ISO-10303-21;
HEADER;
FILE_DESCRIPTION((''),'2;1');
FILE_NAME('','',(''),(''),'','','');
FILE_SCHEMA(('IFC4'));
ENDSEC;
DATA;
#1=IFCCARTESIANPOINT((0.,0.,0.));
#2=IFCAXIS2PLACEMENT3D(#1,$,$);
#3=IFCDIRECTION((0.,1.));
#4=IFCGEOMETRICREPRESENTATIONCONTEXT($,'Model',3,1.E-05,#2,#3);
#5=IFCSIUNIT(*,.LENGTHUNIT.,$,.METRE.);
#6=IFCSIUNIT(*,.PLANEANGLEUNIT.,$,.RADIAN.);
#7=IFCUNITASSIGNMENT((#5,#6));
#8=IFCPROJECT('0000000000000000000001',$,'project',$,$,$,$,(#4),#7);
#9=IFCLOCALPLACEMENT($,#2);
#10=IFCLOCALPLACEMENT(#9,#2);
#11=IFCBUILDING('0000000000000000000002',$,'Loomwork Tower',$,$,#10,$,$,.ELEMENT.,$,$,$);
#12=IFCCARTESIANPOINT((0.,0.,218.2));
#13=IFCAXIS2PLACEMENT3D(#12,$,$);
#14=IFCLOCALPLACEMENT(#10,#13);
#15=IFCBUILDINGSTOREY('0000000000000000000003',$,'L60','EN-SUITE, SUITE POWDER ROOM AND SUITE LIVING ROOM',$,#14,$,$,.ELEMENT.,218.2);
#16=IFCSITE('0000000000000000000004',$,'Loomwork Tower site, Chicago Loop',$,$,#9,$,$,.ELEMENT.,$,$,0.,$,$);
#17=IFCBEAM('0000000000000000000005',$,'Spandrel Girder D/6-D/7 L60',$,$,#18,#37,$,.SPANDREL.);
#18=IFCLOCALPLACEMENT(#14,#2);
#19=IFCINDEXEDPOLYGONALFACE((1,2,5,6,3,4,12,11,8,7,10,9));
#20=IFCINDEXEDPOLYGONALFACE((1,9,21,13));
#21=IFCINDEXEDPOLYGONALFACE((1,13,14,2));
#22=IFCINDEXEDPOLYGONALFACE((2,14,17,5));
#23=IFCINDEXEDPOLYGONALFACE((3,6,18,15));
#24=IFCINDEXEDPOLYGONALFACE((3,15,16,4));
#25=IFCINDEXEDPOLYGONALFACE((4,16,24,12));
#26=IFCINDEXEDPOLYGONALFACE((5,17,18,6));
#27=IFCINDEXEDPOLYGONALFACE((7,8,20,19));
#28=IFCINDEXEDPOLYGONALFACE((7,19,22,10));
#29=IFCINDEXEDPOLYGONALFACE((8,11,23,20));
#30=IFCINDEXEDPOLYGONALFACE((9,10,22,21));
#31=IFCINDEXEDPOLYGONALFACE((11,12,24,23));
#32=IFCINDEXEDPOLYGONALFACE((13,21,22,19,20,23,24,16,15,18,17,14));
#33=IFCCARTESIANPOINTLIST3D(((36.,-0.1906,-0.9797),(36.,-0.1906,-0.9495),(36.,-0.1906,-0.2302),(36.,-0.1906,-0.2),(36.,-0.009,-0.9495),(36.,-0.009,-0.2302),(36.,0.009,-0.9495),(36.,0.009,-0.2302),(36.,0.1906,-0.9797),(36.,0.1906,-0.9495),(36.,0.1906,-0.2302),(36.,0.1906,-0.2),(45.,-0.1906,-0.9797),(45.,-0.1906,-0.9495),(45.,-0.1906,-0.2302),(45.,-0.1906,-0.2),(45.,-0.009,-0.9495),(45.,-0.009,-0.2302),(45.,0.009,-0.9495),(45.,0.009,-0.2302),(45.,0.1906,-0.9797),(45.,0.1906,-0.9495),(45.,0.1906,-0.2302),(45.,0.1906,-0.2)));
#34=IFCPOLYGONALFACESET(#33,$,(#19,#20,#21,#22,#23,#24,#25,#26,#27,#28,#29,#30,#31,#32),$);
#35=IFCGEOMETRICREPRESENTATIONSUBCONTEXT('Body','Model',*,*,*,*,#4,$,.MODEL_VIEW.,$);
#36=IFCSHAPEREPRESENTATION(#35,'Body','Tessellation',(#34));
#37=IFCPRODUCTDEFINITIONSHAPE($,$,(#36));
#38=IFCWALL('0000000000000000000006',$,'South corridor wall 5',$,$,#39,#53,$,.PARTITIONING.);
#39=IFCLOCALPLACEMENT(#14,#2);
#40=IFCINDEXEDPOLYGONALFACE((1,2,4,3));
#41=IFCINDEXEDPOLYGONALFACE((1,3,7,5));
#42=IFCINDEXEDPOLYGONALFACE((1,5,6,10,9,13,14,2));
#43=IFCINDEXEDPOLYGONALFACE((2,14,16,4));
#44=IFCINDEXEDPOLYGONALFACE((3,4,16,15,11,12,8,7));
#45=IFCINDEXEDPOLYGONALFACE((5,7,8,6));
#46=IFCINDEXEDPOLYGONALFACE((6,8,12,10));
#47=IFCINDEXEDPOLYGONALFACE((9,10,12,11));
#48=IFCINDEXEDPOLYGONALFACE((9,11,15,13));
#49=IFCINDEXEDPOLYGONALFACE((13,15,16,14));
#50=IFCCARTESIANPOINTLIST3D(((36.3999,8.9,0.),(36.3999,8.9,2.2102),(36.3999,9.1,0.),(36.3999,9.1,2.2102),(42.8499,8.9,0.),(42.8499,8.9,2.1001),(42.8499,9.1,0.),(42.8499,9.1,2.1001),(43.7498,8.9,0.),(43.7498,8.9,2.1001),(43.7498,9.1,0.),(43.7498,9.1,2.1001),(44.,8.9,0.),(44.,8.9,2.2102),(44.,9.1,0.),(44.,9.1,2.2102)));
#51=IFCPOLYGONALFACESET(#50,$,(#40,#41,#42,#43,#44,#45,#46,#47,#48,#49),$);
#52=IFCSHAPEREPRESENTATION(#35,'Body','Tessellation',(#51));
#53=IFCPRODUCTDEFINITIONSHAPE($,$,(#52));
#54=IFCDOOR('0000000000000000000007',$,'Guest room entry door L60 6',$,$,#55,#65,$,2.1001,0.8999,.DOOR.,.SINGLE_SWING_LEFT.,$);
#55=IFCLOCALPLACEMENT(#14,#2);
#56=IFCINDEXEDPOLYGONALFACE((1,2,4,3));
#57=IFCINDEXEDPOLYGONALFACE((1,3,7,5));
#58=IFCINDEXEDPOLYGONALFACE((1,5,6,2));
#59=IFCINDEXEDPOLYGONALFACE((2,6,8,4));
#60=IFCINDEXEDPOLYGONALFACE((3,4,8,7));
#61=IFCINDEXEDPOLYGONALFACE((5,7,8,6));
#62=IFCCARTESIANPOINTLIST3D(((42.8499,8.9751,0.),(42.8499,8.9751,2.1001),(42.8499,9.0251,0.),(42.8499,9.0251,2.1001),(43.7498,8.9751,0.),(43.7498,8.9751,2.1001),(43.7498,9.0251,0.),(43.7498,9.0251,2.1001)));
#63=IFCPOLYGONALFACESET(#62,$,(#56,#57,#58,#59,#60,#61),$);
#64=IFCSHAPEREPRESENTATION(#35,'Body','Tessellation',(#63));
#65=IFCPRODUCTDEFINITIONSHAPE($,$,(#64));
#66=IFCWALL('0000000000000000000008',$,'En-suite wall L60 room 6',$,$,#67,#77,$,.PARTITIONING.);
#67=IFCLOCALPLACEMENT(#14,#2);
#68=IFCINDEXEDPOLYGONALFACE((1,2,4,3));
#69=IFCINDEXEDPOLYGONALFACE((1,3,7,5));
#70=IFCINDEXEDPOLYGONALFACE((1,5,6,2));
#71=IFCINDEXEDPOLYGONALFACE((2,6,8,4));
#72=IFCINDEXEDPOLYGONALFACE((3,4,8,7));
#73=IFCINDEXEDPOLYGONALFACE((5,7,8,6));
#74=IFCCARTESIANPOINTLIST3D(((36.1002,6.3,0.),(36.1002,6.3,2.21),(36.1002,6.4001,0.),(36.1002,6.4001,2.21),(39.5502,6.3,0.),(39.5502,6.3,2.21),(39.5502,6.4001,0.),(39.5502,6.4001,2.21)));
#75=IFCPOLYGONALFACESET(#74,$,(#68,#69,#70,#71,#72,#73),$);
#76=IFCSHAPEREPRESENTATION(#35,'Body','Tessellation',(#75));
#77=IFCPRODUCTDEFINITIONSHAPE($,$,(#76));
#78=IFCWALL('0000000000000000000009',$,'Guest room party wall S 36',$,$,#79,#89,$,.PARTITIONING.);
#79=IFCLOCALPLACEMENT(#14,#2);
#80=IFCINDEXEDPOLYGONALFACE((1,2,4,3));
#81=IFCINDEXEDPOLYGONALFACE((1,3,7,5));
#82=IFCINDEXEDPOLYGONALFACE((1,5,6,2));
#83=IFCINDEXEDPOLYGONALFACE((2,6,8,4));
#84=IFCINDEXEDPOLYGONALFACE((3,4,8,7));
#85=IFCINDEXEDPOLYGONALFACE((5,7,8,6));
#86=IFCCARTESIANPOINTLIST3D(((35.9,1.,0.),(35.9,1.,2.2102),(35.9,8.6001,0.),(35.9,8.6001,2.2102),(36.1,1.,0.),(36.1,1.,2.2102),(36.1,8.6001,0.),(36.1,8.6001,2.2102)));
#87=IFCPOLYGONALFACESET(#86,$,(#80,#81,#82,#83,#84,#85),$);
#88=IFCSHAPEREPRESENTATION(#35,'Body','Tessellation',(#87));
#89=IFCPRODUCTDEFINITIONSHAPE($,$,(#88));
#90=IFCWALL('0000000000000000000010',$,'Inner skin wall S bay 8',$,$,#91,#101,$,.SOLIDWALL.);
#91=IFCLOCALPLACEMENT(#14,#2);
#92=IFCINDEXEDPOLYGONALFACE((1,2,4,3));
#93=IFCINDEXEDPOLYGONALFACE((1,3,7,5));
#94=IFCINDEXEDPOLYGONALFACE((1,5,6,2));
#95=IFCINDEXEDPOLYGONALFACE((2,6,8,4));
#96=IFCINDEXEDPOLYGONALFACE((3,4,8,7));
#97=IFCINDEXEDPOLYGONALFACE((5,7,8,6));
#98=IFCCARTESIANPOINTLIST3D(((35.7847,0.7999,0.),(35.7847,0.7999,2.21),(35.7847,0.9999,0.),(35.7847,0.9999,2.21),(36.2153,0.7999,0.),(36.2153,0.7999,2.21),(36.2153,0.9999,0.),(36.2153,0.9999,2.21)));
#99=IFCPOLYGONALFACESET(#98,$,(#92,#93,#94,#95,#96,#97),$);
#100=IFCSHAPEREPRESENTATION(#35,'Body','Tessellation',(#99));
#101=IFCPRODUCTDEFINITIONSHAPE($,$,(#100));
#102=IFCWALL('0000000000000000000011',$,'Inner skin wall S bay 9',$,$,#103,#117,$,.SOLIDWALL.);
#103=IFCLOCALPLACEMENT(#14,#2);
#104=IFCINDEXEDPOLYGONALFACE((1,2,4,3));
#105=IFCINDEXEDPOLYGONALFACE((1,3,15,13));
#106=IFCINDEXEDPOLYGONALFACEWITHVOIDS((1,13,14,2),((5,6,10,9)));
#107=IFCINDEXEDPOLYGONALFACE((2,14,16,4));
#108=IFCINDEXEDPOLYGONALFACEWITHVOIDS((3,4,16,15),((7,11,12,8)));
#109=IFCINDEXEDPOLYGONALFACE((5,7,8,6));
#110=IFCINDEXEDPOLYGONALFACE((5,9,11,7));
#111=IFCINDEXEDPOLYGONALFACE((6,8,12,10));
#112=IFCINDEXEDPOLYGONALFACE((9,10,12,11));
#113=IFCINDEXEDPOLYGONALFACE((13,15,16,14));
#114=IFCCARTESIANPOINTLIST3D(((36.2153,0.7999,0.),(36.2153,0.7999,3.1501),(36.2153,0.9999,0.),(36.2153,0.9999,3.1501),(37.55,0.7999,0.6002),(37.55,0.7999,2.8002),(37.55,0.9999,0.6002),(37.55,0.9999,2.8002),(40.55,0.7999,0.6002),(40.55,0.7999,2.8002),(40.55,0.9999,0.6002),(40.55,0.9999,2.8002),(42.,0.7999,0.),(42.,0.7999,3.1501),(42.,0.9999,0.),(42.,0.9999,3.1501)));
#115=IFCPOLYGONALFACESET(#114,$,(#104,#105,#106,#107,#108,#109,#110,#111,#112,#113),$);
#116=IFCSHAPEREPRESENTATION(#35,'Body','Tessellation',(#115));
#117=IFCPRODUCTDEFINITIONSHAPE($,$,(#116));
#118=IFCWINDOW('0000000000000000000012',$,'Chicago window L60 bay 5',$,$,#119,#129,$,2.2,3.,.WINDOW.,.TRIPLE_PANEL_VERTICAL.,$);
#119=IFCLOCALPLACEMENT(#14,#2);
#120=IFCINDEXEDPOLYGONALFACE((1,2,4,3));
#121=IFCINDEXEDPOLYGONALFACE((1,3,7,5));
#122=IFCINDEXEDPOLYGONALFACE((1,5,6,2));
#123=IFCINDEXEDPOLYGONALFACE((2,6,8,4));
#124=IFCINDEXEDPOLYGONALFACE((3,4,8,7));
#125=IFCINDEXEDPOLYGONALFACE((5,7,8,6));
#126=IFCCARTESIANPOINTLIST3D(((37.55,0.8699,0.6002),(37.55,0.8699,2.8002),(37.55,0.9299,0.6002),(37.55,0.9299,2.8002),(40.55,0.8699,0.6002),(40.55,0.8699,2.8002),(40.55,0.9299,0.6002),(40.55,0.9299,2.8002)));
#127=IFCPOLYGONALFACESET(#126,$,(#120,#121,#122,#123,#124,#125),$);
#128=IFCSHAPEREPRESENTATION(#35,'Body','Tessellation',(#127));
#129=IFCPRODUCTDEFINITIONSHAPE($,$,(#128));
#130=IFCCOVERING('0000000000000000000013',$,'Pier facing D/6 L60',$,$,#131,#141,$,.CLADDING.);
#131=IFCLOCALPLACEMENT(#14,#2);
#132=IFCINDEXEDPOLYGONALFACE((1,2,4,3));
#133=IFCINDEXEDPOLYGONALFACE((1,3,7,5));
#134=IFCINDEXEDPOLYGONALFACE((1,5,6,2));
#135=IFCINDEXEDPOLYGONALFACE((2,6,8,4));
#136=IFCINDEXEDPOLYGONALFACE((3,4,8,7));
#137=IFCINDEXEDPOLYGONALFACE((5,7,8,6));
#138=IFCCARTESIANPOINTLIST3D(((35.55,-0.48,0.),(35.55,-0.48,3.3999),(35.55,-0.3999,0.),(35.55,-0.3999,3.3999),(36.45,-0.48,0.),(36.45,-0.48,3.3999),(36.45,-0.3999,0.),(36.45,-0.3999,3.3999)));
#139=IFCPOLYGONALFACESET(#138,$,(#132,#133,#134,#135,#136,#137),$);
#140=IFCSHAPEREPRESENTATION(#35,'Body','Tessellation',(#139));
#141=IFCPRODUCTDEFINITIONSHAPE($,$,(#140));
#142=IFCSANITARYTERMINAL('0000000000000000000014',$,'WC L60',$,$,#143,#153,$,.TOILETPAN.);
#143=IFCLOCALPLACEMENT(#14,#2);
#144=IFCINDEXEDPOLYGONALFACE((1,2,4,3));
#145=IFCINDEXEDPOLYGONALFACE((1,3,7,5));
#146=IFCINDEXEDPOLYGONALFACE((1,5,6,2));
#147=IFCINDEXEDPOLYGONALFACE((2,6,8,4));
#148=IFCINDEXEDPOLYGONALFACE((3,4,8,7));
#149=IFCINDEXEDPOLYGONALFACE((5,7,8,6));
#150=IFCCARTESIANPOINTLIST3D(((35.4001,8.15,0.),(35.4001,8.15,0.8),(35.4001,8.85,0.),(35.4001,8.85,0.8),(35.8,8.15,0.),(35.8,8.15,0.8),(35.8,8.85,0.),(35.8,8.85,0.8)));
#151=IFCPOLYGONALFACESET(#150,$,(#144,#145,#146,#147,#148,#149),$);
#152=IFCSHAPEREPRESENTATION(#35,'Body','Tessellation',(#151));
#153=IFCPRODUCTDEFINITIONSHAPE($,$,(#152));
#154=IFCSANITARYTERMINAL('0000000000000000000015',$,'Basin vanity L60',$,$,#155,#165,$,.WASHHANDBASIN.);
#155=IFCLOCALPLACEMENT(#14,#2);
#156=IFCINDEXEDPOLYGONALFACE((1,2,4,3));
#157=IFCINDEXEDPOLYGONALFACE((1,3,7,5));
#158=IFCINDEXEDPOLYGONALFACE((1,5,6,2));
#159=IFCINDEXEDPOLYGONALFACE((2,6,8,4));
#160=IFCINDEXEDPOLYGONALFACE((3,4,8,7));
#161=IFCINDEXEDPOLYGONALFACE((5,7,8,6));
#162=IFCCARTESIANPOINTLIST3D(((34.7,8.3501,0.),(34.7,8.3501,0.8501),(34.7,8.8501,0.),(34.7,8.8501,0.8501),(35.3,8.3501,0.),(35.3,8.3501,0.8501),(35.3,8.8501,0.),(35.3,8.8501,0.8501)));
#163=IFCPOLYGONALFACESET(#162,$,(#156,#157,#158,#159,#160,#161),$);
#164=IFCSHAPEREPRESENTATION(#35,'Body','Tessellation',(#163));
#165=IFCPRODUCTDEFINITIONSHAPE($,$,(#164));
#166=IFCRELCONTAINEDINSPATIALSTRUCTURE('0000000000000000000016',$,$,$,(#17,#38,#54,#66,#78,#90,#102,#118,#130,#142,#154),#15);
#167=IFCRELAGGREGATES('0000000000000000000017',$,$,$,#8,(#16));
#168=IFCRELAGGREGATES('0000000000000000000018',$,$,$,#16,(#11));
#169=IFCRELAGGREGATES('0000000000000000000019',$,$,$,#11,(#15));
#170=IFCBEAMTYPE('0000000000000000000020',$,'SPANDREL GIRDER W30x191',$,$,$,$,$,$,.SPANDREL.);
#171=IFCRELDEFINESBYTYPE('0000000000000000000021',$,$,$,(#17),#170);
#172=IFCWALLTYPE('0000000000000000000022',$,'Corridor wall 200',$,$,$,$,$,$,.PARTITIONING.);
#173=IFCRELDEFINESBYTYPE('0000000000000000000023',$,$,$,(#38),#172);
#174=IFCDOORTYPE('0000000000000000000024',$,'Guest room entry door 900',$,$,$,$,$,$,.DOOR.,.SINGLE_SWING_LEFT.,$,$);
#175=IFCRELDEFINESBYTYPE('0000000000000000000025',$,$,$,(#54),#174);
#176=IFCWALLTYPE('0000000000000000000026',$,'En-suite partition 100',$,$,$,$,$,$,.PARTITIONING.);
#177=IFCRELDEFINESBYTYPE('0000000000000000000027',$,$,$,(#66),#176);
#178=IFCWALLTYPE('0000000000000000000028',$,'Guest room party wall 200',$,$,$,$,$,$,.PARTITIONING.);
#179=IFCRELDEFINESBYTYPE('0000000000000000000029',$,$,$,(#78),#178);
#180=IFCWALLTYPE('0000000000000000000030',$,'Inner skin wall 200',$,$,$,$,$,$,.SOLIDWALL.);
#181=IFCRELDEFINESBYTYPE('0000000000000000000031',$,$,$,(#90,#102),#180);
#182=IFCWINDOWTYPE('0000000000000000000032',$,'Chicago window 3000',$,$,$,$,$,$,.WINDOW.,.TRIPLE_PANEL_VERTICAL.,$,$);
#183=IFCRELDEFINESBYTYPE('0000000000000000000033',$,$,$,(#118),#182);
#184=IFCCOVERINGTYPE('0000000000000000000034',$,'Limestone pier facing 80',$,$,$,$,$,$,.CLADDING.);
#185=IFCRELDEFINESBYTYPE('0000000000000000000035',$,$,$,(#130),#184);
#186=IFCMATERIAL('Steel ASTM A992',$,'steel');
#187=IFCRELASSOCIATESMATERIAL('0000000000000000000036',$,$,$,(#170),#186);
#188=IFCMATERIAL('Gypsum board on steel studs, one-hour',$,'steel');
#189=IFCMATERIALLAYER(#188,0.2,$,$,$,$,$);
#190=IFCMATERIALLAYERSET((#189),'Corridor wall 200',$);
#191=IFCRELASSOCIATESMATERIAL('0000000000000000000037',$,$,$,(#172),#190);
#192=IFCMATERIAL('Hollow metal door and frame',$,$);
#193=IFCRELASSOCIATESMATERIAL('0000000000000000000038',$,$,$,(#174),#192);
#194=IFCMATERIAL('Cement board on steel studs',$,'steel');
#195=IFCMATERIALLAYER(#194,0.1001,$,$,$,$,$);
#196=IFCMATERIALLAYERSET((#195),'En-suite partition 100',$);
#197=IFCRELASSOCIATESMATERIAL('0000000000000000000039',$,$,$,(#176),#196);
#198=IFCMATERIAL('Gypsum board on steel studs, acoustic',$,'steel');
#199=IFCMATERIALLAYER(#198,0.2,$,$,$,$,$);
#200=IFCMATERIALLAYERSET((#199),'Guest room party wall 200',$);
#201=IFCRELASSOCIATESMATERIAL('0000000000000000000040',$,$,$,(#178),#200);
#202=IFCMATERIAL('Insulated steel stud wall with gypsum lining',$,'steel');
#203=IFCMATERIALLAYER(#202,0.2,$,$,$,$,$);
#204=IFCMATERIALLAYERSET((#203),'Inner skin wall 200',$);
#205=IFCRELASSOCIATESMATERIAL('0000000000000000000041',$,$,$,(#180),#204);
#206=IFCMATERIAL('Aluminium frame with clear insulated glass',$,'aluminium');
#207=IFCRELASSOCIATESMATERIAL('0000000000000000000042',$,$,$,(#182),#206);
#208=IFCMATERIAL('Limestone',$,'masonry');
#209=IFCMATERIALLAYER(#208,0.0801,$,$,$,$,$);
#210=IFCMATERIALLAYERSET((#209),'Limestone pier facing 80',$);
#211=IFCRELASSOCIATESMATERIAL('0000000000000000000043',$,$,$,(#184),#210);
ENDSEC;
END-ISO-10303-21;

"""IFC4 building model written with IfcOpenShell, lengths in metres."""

from ifc_helpers import new_model, si_unit, direction, frame, frame_2d, origin, origin_2d, place, context, subcontext, project, spatial, rectangle, i_section, extrude, material, layer, layer_set, material_profile, profile_set, type_object, element, fill, save


model = new_model("IFC4")

# Units and contexts
model_context = context("Model", 3, precision=1e-05, world=origin(), true_north=direction((0.0, 1.0)))
body_context = subcontext(model_context, "Body", "Model", "MODEL_VIEW")
ifc_project = project(units=[si_unit("LENGTHUNIT", "METRE"), si_unit("PLANEANGLEUNIT", "RADIAN")], contexts=[model_context])

# Site, building, storey
site_placement = place(None, origin())
site = spatial("IfcSite", under=ifc_project, at=site_placement, Name="Loomwork Tower site, Chicago Loop", CompositionType="ELEMENT", RefElevation=0.0)
building_placement = place(site_placement, origin())
building = spatial("IfcBuilding", under=site, at=building_placement, Name="Loomwork Tower", CompositionType="ELEMENT")
storey_placement = place(building_placement, frame((0.0, 0.0, 218.2)))
storey = spatial("IfcBuildingStorey", under=building, at=storey_placement, Name="L60", Description="EN-SUITE, SUITE POWDER ROOM AND SUITE LIVING ROOM", CompositionType="ELEMENT", Elevation=218.2)

# Beam
ifc_material_1 = material(Name="Steel ASTM A992", Category="steel")
ifc_material_profile_1 = material_profile(ifc_material_1, i_section(OverallWidth=0.3811, OverallDepth=0.7798, WebThickness=0.0181, FlangeThickness=0.0303, at=origin_2d()), Name="W30x191")
ifc_profile_set_1 = profile_set([ifc_material_profile_1], Name="Steel ASTM A992")
beam_type_1 = type_object("IfcBeamType", Name="SPANDREL GIRDER W30x191", PredefinedType="SPANDREL", material=ifc_profile_set_1)
beam_1_placement = place(storey_placement, frame((36.0, 0.0, -0.5898), z_axis=(1.0, 0.0, 0.0), x_axis=(0.0, 1.0, 0.0)))
element("IfcBeam", 1, at=beam_1_placement, inside=storey, type_object=beam_type_1, Name="Spandrel Girder D/6-D/7 L60", PredefinedType="SPANDREL", context=body_context, shape_type="SweptSolid", body=[
    extrude(i_section(OverallWidth=0.3811, OverallDepth=0.7798, WebThickness=0.0181, FlangeThickness=0.0303, at=origin_2d()), origin(), (0.0, 0.0, 1.0), 9.0),
])

# Wall, opening, door
ifc_material_2 = material(Name="Gypsum board on steel studs, one-hour", Category="steel")
ifc_layer_1 = layer(ifc_material_2, 0.2)
ifc_layer_set_1 = layer_set([ifc_layer_1], Name="Corridor wall 200")
wall_type_1 = type_object("IfcWallType", Name="Corridor wall 200", PredefinedType="PARTITIONING", material=ifc_layer_set_1)
wall_1_placement = place(storey_placement, frame((36.3999, 9.0, 0.0), z_axis=(0.0, 0.0, 1.0), x_axis=(1.0, 0.0, 0.0)))
wall_1 = element("IfcWall", 2, at=wall_1_placement, inside=storey, type_object=wall_type_1, Name="South corridor wall 5", PredefinedType="PARTITIONING", context=body_context, shape_type="SweptSolid", body=[
    extrude(rectangle(XDim=7.6001, YDim=0.2, at=frame_2d((3.8, 0.0))), origin(), (0.0, 0.0, 1.0), 2.2102),
])
opening_1_placement = place(wall_1_placement, frame((6.45, 0.0, 0.0)))
opening_1 = element("IfcOpeningElement", 3, at=opening_1_placement, cuts=wall_1, PredefinedType="OPENING", context=body_context, shape_type="SweptSolid", body=[
    extrude(rectangle(XDim=0.8999, YDim=2.1001, at=frame_2d((0.45, 1.05))), frame((0.0, 0.1099, 0.0), z_axis=(0.0, -1.0, 0.0), x_axis=(1.0, 0.0, 0.0)), (0.0, 0.0, 1.0), 0.22),
])
ifc_material_3 = material(Name="Hollow metal door and frame")
door_type = type_object("IfcDoorType", Name="Guest room entry door 900", OperationType="SINGLE_SWING_LEFT", PredefinedType="DOOR", material=ifc_material_3)
door_placement = place(opening_1_placement, frame((0.8999, 0.0, 0.0), z_axis=(0.0, 0.0, 1.0), x_axis=(-1.0, 0.0, 0.0)))
door = element("IfcDoor", 4, at=door_placement, inside=storey, type_object=door_type, Name="Guest room entry door L60 6", OperationType="SINGLE_SWING_LEFT", OverallHeight=2.1001, OverallWidth=0.8999, PredefinedType="DOOR", context=body_context, shape_type="SweptSolid", body=[
    extrude(rectangle(XDim=0.8999, YDim=2.1001, at=frame_2d((0.45, 1.05))), frame((0.0, 0.0249, 0.0), z_axis=(0.0, -1.0, 0.0), x_axis=(1.0, 0.0, 0.0)), (0.0, 0.0, 1.0), 0.05),
])
fill(opening_1, door)

# Walls
ifc_material_4 = material(Name="Cement board on steel studs", Category="steel")
ifc_layer_2 = layer(ifc_material_4, 0.1001)
ifc_layer_set_2 = layer_set([ifc_layer_2], Name="En-suite partition 100")
wall_type_2 = type_object("IfcWallType", Name="En-suite partition 100", PredefinedType="PARTITIONING", material=ifc_layer_set_2)
wall_2_placement = place(storey_placement, frame((36.1001, 6.3501, 0.0), z_axis=(0.0, 0.0, 1.0), x_axis=(1.0, 0.0, 0.0)))
element("IfcWall", 5, at=wall_2_placement, inside=storey, type_object=wall_type_2, Name="En-suite wall L60 room 6", PredefinedType="PARTITIONING", context=body_context, shape_type="SweptSolid", body=[
    extrude(rectangle(XDim=3.45, YDim=0.1001, at=frame_2d((1.7251, 0.0))), origin(), (0.0, 0.0, 1.0), 2.21),
])
ifc_material_5 = material(Name="Gypsum board on steel studs, acoustic", Category="steel")
ifc_layer_3 = layer(ifc_material_5, 0.2)
ifc_layer_set_3 = layer_set([ifc_layer_3], Name="Guest room party wall 200")
wall_type_3 = type_object("IfcWallType", Name="Guest room party wall 200", PredefinedType="PARTITIONING", material=ifc_layer_set_3)
wall_3_placement = place(storey_placement, frame((36.0, 8.6001, 0.0), z_axis=(0.0, 0.0, 1.0), x_axis=(0.0, -1.0, 0.0)))
element("IfcWall", 6, at=wall_3_placement, inside=storey, type_object=wall_type_3, Name="Guest room party wall S 36", PredefinedType="PARTITIONING", context=body_context, shape_type="SweptSolid", body=[
    extrude(rectangle(XDim=7.6001, YDim=0.2, at=frame_2d((3.8, 0.0))), origin(), (0.0, 0.0, 1.0), 2.2102),
])
ifc_material_6 = material(Name="Insulated steel stud wall with gypsum lining", Category="steel")
ifc_layer_4 = layer(ifc_material_6, 0.2)
ifc_layer_set_4 = layer_set([ifc_layer_4], Name="Inner skin wall 200")
wall_type_4 = type_object("IfcWallType", Name="Inner skin wall 200", PredefinedType="SOLIDWALL", material=ifc_layer_set_4)
wall_4_placement = place(storey_placement, frame((35.7847, 0.8999, 0.0), z_axis=(0.0, 0.0, 1.0), x_axis=(1.0, 0.0, 0.0)))
element("IfcWall", 7, at=wall_4_placement, inside=storey, type_object=wall_type_4, Name="Inner skin wall S bay 8", PredefinedType="SOLIDWALL", context=body_context, shape_type="SweptSolid", body=[
    extrude(rectangle(XDim=0.4307, YDim=0.2, at=frame_2d((0.2153, 0.0))), origin(), (0.0, 0.0, 1.0), 2.21),
])

# Wall, opening, window
wall_5_placement = place(storey_placement, frame((36.2153, 0.8999, 0.0), z_axis=(0.0, 0.0, 1.0), x_axis=(1.0, 0.0, 0.0)))
wall_5 = element("IfcWall", 8, at=wall_5_placement, inside=storey, type_object=wall_type_4, Name="Inner skin wall S bay 9", PredefinedType="SOLIDWALL", context=body_context, shape_type="SweptSolid", body=[
    extrude(rectangle(XDim=5.7847, YDim=0.2, at=frame_2d((2.8923, 0.0))), origin(), (0.0, 0.0, 1.0), 3.1501),
])
opening_2_placement = place(wall_5_placement, frame((1.3347, 0.0, 0.6001)))
opening_2 = element("IfcOpeningElement", 9, at=opening_2_placement, cuts=wall_5, PredefinedType="OPENING", context=body_context, shape_type="SweptSolid", body=[
    extrude(rectangle(XDim=3.0, YDim=2.2, at=frame_2d((1.5, 1.1001))), frame((0.0, 0.1099, 0.0), z_axis=(0.0, -1.0, 0.0), x_axis=(1.0, 0.0, 0.0)), (0.0, 0.0, 1.0), 0.22),
])
ifc_material_7 = material(Name="Aluminium frame with clear insulated glass", Category="aluminium")
window_type = type_object("IfcWindowType", Name="Chicago window 3000", PartitioningType="TRIPLE_PANEL_VERTICAL", PredefinedType="WINDOW", material=ifc_material_7)
window_placement = place(opening_2_placement, origin())
window = element("IfcWindow", 10, at=window_placement, inside=storey, type_object=window_type, Name="Chicago window L60 bay 5", OverallHeight=2.2, OverallWidth=3.0, PartitioningType="TRIPLE_PANEL_VERTICAL", PredefinedType="WINDOW", context=body_context, shape_type="SweptSolid", body=[
    extrude(rectangle(XDim=3.0, YDim=2.2, at=frame_2d((1.5, 1.1001))), frame((0.0, 0.03, 0.0), z_axis=(0.0, -1.0, 0.0), x_axis=(1.0, 0.0, 0.0)), (0.0, 0.0, 1.0), 0.0601),
])
fill(opening_2, window)

# Covering
ifc_material_8 = material(Name="Limestone", Category="masonry")
ifc_layer_5 = layer(ifc_material_8, 0.0801)
ifc_layer_set_5 = layer_set([ifc_layer_5], Name="Limestone pier facing 80")
covering_type = type_object("IfcCoveringType", Name="Limestone pier facing 80", PredefinedType="CLADDING", material=ifc_layer_set_5)
covering_placement = place(storey_placement, frame((36.0, -0.4399, 0.0), z_axis=(0.0, 0.0, 1.0), x_axis=(1.0, 0.0, 0.0)))
element("IfcCovering", 11, at=covering_placement, inside=storey, type_object=covering_type, Name="Pier facing D/6 L60", PredefinedType="CLADDING", context=body_context, shape_type="SweptSolid", body=[
    extrude(rectangle(XDim=0.8999, YDim=0.0801, at=origin_2d()), origin(), (0.0, 0.0, 1.0), 3.3999),
])

# Sanitary terminals
sanitary_terminal_1_placement = place(storey_placement, frame((35.6001, 8.5, 0.0), z_axis=(0.0, 0.0, 1.0), x_axis=(1.0, 0.0, 0.0)))
element("IfcSanitaryTerminal", 12, at=sanitary_terminal_1_placement, inside=storey, Name="WC L60", PredefinedType="TOILETPAN", context=body_context, shape_type="SweptSolid", body=[
    extrude(rectangle(XDim=0.3999, YDim=0.7, at=origin_2d()), origin(), (0.0, 0.0, 1.0), 0.8),
])
sanitary_terminal_2_placement = place(storey_placement, frame((35.0, 8.6001, 0.0), z_axis=(0.0, 0.0, 1.0), x_axis=(1.0, 0.0, 0.0)))
element("IfcSanitaryTerminal", 13, at=sanitary_terminal_2_placement, inside=storey, Name="Basin vanity L60", PredefinedType="WASHHANDBASIN", context=body_context, shape_type="SweptSolid", body=[
    extrude(rectangle(XDim=0.6001, YDim=0.5, at=origin_2d()), origin(), (0.0, 0.0, 1.0), 0.8501),
])

save(model, "model.ifc")
